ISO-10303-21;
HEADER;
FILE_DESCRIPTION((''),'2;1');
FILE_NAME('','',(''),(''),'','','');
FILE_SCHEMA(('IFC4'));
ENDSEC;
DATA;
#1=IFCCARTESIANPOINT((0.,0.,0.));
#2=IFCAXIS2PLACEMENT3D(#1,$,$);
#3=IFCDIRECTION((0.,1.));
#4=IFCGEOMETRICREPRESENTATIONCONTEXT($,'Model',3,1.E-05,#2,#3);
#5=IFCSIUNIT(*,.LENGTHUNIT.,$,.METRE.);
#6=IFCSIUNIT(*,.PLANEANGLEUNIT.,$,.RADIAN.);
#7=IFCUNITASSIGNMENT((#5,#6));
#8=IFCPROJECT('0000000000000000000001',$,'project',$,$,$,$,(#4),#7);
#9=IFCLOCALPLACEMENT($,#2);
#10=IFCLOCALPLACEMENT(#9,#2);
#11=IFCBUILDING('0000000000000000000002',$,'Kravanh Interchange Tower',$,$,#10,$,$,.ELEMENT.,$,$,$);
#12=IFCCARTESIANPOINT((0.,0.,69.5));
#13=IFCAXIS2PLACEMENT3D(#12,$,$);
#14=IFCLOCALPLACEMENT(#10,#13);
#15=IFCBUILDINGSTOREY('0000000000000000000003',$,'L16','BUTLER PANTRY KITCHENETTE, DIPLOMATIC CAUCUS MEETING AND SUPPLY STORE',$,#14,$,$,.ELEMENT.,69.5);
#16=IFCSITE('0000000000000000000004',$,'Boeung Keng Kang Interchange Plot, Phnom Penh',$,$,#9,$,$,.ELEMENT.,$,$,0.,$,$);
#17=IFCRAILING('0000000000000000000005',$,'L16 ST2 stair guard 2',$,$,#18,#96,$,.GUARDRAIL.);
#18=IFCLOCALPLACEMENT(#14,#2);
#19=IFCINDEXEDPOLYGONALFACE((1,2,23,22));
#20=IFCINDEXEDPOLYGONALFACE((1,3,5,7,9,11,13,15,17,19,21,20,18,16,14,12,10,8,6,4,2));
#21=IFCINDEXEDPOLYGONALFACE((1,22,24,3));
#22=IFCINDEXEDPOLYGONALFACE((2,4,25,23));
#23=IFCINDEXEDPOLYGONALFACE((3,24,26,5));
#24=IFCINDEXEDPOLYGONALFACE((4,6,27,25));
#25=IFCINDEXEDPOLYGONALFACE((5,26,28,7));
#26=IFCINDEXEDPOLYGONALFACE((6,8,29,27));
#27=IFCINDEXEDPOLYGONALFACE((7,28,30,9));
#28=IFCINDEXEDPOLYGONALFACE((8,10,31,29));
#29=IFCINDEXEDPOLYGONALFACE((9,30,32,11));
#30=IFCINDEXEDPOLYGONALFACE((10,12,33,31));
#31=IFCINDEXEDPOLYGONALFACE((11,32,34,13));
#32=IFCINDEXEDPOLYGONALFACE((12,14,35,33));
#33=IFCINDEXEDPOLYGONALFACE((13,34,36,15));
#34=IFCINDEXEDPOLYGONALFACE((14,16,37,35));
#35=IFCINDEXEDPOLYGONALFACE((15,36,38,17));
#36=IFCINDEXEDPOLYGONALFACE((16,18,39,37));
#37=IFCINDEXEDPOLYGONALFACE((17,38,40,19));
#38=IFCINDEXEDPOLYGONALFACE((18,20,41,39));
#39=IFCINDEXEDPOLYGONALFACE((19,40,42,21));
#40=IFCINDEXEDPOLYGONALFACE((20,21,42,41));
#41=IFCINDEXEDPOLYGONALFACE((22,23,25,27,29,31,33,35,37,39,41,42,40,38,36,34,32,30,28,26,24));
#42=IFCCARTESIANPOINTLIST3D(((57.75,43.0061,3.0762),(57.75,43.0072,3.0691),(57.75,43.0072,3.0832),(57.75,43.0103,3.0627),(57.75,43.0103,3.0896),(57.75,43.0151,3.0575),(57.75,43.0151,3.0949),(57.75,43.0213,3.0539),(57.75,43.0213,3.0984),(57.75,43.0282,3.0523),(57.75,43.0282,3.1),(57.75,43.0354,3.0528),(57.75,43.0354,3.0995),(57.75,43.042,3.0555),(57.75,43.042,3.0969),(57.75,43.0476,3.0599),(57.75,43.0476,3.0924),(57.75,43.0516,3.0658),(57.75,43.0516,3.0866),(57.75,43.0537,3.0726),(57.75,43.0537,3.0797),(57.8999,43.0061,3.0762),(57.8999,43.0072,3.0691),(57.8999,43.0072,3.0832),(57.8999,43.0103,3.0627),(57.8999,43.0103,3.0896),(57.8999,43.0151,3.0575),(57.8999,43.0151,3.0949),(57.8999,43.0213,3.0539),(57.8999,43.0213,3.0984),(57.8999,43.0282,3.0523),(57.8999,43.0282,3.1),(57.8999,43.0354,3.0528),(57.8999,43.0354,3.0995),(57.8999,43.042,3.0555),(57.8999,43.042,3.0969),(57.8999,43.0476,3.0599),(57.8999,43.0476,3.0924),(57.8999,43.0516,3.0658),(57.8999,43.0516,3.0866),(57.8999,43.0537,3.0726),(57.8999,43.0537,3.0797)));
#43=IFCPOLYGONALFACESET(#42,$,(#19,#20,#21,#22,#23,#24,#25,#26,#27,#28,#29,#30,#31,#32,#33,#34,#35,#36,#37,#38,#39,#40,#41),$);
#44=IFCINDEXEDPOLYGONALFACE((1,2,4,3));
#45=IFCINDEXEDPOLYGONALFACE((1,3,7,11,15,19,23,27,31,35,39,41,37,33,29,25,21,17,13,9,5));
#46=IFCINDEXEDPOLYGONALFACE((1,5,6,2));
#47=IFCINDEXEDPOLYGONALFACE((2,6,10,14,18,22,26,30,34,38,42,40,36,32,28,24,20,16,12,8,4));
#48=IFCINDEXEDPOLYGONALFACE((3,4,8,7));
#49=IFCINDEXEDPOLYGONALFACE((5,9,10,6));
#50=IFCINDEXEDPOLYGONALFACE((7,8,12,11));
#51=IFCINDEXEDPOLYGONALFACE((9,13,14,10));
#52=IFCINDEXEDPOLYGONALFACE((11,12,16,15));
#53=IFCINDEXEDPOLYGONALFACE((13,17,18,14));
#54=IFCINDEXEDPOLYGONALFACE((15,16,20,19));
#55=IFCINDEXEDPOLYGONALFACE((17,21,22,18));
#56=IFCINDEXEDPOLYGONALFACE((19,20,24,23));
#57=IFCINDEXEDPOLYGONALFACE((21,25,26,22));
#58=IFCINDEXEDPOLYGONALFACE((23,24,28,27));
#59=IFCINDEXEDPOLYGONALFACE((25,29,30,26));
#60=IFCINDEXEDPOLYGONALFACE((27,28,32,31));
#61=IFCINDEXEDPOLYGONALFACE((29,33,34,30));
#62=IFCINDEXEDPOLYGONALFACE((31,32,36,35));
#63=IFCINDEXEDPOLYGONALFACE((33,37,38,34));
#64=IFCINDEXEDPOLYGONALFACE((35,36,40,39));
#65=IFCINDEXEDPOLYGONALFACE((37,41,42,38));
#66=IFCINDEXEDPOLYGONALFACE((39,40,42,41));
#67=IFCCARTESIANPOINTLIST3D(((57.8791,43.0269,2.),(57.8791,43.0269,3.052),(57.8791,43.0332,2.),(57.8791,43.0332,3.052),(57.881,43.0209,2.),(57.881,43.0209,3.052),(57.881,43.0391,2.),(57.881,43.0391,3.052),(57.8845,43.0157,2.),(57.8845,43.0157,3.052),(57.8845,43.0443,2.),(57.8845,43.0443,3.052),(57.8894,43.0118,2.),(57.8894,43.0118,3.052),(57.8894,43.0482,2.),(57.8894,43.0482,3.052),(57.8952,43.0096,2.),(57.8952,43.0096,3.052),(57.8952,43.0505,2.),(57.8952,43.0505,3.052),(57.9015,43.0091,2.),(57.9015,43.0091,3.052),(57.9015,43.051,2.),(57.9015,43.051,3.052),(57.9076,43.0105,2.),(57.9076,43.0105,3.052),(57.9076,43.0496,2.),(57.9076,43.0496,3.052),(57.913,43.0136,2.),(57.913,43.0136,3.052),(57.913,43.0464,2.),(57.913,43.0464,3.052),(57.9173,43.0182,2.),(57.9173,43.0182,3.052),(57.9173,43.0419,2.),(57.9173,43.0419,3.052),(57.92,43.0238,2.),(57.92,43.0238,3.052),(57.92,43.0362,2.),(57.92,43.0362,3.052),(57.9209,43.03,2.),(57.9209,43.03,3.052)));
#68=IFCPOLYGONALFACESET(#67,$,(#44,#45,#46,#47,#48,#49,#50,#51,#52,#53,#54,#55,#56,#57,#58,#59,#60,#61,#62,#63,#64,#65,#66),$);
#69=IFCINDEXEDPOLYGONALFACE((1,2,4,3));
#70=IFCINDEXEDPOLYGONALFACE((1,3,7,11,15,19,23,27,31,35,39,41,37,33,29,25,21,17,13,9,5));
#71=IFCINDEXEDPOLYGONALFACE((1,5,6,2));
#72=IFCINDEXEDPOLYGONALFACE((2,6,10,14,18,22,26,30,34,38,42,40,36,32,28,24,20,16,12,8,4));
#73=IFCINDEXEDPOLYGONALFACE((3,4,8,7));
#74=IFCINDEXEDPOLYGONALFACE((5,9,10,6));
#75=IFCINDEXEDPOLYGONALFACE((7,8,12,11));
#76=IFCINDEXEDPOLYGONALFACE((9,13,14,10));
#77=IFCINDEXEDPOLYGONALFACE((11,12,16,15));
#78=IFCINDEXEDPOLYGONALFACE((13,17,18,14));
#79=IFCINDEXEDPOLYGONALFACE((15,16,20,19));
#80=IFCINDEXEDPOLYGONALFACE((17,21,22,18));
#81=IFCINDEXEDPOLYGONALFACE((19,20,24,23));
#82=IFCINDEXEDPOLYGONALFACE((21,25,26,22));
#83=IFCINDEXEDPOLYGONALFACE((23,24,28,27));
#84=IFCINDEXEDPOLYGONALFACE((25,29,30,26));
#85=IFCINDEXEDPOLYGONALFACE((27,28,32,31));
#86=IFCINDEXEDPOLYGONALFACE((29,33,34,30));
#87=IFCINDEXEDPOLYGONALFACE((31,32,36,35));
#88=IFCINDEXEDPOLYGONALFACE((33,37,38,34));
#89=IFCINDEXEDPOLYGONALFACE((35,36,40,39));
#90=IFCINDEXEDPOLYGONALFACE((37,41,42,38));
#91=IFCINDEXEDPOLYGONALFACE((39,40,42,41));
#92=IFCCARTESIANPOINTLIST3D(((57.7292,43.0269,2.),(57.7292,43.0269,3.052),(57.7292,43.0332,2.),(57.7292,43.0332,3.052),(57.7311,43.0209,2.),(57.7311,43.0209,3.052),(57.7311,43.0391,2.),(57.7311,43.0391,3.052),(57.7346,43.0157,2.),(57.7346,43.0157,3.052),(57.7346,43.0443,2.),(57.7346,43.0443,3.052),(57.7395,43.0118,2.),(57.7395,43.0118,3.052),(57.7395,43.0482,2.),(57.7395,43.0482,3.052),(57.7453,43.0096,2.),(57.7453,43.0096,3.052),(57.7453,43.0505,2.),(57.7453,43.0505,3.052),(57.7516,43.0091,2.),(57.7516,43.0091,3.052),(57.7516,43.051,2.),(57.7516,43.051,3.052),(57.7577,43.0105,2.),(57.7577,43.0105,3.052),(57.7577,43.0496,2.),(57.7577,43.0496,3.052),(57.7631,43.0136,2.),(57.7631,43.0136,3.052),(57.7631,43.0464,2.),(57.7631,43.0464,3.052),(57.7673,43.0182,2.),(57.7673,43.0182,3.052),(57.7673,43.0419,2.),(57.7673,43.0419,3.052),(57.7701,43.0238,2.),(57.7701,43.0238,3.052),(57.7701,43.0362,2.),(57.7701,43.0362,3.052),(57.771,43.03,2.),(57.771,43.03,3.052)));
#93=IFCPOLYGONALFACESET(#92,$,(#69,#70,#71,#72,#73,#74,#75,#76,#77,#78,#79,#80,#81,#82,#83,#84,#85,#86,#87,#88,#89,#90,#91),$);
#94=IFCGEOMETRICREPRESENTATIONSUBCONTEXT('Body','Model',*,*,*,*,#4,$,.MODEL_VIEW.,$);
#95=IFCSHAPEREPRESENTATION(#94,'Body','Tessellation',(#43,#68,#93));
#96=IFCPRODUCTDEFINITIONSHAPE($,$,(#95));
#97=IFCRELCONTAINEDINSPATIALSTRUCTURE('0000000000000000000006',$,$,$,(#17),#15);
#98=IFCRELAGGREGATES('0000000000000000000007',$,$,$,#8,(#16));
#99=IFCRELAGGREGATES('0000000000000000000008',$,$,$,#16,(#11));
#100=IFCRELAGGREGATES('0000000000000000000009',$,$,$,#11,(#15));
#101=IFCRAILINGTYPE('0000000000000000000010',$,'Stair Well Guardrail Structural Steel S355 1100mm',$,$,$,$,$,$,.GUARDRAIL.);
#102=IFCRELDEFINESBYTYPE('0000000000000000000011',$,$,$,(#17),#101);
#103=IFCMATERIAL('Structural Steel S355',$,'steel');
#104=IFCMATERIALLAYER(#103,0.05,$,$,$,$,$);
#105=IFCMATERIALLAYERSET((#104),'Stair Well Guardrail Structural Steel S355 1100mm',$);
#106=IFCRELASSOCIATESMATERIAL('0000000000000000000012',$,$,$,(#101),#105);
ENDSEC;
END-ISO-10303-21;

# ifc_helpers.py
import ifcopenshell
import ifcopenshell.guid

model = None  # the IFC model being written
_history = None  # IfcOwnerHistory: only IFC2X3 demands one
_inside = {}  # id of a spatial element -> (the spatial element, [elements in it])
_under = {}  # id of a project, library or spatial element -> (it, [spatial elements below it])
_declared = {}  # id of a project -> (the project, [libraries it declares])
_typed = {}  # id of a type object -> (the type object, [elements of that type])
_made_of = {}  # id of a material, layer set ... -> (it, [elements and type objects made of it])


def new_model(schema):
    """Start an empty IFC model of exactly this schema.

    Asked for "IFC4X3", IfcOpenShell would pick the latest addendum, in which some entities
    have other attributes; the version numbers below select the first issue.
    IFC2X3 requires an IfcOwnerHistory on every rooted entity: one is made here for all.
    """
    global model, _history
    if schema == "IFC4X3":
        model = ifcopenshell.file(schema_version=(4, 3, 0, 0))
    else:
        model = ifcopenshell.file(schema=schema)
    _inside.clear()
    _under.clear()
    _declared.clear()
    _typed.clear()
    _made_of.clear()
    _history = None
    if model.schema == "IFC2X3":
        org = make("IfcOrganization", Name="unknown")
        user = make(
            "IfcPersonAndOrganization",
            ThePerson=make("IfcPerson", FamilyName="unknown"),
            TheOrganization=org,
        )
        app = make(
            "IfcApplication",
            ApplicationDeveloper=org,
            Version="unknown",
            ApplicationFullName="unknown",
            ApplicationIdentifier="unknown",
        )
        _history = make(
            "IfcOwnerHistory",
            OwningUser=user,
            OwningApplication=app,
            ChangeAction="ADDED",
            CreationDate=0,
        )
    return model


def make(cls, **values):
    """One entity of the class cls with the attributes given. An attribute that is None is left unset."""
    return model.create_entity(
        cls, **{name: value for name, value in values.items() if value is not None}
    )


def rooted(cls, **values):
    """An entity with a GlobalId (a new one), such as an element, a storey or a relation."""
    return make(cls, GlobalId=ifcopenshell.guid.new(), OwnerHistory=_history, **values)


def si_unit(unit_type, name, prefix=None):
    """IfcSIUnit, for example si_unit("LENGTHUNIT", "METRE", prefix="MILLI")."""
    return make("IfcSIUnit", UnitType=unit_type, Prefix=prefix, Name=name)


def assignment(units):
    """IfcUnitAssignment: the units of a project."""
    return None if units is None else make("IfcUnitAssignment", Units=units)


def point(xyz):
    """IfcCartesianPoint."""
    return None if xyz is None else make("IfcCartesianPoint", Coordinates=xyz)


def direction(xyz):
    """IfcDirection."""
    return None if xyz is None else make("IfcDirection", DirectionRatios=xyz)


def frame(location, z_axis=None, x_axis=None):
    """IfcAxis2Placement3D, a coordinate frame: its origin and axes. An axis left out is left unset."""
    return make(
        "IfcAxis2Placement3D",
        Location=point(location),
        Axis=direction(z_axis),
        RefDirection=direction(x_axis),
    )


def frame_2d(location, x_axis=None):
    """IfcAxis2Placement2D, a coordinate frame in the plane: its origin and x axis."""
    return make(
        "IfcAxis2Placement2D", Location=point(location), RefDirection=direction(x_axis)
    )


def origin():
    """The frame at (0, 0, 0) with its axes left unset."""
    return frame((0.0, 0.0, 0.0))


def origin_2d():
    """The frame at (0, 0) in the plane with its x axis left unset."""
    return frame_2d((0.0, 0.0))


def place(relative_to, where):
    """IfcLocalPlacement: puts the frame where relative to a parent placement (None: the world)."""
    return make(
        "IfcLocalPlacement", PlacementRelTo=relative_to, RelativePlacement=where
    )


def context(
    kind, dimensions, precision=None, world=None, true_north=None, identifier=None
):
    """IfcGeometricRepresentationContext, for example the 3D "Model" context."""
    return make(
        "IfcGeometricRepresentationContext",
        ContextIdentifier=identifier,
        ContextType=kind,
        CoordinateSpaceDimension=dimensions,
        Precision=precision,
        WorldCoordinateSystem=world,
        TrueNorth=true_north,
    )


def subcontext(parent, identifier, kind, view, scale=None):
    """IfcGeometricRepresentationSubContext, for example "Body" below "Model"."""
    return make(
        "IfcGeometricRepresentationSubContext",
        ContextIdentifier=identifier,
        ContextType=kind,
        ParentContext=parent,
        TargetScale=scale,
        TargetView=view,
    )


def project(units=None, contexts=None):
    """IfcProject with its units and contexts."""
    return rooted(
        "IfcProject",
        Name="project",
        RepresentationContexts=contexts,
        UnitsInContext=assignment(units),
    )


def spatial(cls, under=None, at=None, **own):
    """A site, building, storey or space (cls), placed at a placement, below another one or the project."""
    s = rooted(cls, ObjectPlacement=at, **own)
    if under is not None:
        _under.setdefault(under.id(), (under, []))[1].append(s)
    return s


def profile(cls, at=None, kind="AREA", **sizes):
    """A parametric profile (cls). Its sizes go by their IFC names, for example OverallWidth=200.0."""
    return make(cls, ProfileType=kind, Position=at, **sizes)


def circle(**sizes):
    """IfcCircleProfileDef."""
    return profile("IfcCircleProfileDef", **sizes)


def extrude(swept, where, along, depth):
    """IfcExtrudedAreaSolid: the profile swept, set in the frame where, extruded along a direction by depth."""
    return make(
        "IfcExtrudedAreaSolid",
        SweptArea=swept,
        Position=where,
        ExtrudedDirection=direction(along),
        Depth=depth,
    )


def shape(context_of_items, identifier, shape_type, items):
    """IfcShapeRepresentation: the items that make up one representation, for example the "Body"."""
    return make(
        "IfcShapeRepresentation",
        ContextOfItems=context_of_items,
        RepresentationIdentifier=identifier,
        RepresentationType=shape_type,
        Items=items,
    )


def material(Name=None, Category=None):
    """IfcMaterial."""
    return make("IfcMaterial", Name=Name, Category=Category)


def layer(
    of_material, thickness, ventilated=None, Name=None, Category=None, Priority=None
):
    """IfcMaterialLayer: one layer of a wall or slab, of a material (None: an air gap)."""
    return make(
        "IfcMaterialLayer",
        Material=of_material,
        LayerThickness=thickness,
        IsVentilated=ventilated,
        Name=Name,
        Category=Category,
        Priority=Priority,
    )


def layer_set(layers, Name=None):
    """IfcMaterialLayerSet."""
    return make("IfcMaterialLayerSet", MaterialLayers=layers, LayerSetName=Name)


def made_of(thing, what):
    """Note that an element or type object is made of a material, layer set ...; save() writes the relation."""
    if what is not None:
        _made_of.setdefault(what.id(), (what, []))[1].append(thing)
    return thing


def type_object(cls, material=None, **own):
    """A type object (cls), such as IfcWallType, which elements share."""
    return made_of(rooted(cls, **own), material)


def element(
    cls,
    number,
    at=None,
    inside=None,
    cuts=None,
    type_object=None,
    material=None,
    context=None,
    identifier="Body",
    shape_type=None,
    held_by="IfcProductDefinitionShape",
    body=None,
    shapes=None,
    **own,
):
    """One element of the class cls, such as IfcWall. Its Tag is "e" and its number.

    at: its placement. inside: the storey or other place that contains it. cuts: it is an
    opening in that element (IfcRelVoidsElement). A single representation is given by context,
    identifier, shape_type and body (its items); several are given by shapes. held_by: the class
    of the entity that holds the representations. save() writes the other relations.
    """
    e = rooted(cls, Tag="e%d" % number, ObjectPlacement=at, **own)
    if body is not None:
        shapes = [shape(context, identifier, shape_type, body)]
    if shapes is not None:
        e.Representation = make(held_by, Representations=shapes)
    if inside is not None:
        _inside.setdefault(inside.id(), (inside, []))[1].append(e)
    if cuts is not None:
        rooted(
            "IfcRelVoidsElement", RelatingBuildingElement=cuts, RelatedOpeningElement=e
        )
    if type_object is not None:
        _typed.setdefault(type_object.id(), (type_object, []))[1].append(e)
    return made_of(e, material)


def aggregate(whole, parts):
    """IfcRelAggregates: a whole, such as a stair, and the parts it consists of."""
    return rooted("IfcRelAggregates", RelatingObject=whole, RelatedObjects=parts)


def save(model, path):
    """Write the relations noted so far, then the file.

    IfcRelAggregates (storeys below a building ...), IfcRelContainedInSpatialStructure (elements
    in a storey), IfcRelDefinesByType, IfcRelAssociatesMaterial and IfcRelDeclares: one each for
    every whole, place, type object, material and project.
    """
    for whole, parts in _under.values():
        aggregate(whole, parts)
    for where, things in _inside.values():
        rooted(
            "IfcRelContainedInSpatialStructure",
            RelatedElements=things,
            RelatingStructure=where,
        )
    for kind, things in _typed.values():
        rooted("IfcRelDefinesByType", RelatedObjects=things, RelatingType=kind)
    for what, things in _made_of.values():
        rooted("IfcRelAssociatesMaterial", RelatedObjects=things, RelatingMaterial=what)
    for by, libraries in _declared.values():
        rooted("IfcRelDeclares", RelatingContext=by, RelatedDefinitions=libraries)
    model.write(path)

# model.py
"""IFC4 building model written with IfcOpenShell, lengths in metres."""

from ifc_helpers import new_model, si_unit, direction, frame, origin, origin_2d, place, context, subcontext, project, spatial, circle, extrude, material, layer, layer_set, type_object, element, save


model = new_model("IFC4")

# Units and contexts
model_context = context("Model", 3, precision=1e-05, world=origin(), true_north=direction((0.0, 1.0)))
body_context = subcontext(model_context, "Body", "Model", "MODEL_VIEW")
ifc_project = project(units=[si_unit("LENGTHUNIT", "METRE"), si_unit("PLANEANGLEUNIT", "RADIAN")], contexts=[model_context])

# Site, building, storey
site_placement = place(None, origin())
site = spatial("IfcSite", under=ifc_project, at=site_placement, Name="Boeung Keng Kang Interchange Plot, Phnom Penh", CompositionType="ELEMENT", RefElevation=0.0)
building_placement = place(site_placement, origin())
building = spatial("IfcBuilding", under=site, at=building_placement, Name="Kravanh Interchange Tower", CompositionType="ELEMENT")
storey_placement = place(building_placement, frame((0.0, 0.0, 69.5)))
storey = spatial("IfcBuildingStorey", under=building, at=storey_placement, Name="L16", Description="BUTLER PANTRY KITCHENETTE, DIPLOMATIC CAUCUS MEETING AND SUPPLY STORE", CompositionType="ELEMENT", Elevation=69.5)

# Railing
ifc_material_1 = material(Name="Structural Steel S355", Category="steel")
ifc_layer_1 = layer(ifc_material_1, 0.05)
ifc_layer_set_1 = layer_set([ifc_layer_1], Name="Stair Well Guardrail Structural Steel S355 1100mm")
railing_type_1 = type_object("IfcRailingType", Name="Stair Well Guardrail Structural Steel S355 1100mm", PredefinedType="GUARDRAIL", material=ifc_layer_set_1)
railing_1_placement = place(storey_placement, frame((57.8999, 43.03, 2.0)))
element("IfcRailing", 1, at=railing_1_placement, inside=storey, type_object=railing_type_1, Name="L16 ST2 stair guard 2", PredefinedType="GUARDRAIL", context=body_context, shape_type="SweptSolid", body=[
    extrude(circle(Radius=0.0239, at=origin_2d()), frame((0.0, 0.0, 1.0762), z_axis=(-1.0, 0.0, 0.0), x_axis=(0.0, -1.0, 0.0)), (0.0, 0.0, 1.0), 0.1499),
    extrude(circle(Radius=0.021, at=origin_2d()), origin(), (0.0, 0.0, 1.0), 1.052),
    extrude(circle(Radius=0.021, at=origin_2d()), frame((-0.1499, 0.0, 0.0)), (0.0, 0.0, 1.0), 1.052),
])

save(model, "model.ifc")
